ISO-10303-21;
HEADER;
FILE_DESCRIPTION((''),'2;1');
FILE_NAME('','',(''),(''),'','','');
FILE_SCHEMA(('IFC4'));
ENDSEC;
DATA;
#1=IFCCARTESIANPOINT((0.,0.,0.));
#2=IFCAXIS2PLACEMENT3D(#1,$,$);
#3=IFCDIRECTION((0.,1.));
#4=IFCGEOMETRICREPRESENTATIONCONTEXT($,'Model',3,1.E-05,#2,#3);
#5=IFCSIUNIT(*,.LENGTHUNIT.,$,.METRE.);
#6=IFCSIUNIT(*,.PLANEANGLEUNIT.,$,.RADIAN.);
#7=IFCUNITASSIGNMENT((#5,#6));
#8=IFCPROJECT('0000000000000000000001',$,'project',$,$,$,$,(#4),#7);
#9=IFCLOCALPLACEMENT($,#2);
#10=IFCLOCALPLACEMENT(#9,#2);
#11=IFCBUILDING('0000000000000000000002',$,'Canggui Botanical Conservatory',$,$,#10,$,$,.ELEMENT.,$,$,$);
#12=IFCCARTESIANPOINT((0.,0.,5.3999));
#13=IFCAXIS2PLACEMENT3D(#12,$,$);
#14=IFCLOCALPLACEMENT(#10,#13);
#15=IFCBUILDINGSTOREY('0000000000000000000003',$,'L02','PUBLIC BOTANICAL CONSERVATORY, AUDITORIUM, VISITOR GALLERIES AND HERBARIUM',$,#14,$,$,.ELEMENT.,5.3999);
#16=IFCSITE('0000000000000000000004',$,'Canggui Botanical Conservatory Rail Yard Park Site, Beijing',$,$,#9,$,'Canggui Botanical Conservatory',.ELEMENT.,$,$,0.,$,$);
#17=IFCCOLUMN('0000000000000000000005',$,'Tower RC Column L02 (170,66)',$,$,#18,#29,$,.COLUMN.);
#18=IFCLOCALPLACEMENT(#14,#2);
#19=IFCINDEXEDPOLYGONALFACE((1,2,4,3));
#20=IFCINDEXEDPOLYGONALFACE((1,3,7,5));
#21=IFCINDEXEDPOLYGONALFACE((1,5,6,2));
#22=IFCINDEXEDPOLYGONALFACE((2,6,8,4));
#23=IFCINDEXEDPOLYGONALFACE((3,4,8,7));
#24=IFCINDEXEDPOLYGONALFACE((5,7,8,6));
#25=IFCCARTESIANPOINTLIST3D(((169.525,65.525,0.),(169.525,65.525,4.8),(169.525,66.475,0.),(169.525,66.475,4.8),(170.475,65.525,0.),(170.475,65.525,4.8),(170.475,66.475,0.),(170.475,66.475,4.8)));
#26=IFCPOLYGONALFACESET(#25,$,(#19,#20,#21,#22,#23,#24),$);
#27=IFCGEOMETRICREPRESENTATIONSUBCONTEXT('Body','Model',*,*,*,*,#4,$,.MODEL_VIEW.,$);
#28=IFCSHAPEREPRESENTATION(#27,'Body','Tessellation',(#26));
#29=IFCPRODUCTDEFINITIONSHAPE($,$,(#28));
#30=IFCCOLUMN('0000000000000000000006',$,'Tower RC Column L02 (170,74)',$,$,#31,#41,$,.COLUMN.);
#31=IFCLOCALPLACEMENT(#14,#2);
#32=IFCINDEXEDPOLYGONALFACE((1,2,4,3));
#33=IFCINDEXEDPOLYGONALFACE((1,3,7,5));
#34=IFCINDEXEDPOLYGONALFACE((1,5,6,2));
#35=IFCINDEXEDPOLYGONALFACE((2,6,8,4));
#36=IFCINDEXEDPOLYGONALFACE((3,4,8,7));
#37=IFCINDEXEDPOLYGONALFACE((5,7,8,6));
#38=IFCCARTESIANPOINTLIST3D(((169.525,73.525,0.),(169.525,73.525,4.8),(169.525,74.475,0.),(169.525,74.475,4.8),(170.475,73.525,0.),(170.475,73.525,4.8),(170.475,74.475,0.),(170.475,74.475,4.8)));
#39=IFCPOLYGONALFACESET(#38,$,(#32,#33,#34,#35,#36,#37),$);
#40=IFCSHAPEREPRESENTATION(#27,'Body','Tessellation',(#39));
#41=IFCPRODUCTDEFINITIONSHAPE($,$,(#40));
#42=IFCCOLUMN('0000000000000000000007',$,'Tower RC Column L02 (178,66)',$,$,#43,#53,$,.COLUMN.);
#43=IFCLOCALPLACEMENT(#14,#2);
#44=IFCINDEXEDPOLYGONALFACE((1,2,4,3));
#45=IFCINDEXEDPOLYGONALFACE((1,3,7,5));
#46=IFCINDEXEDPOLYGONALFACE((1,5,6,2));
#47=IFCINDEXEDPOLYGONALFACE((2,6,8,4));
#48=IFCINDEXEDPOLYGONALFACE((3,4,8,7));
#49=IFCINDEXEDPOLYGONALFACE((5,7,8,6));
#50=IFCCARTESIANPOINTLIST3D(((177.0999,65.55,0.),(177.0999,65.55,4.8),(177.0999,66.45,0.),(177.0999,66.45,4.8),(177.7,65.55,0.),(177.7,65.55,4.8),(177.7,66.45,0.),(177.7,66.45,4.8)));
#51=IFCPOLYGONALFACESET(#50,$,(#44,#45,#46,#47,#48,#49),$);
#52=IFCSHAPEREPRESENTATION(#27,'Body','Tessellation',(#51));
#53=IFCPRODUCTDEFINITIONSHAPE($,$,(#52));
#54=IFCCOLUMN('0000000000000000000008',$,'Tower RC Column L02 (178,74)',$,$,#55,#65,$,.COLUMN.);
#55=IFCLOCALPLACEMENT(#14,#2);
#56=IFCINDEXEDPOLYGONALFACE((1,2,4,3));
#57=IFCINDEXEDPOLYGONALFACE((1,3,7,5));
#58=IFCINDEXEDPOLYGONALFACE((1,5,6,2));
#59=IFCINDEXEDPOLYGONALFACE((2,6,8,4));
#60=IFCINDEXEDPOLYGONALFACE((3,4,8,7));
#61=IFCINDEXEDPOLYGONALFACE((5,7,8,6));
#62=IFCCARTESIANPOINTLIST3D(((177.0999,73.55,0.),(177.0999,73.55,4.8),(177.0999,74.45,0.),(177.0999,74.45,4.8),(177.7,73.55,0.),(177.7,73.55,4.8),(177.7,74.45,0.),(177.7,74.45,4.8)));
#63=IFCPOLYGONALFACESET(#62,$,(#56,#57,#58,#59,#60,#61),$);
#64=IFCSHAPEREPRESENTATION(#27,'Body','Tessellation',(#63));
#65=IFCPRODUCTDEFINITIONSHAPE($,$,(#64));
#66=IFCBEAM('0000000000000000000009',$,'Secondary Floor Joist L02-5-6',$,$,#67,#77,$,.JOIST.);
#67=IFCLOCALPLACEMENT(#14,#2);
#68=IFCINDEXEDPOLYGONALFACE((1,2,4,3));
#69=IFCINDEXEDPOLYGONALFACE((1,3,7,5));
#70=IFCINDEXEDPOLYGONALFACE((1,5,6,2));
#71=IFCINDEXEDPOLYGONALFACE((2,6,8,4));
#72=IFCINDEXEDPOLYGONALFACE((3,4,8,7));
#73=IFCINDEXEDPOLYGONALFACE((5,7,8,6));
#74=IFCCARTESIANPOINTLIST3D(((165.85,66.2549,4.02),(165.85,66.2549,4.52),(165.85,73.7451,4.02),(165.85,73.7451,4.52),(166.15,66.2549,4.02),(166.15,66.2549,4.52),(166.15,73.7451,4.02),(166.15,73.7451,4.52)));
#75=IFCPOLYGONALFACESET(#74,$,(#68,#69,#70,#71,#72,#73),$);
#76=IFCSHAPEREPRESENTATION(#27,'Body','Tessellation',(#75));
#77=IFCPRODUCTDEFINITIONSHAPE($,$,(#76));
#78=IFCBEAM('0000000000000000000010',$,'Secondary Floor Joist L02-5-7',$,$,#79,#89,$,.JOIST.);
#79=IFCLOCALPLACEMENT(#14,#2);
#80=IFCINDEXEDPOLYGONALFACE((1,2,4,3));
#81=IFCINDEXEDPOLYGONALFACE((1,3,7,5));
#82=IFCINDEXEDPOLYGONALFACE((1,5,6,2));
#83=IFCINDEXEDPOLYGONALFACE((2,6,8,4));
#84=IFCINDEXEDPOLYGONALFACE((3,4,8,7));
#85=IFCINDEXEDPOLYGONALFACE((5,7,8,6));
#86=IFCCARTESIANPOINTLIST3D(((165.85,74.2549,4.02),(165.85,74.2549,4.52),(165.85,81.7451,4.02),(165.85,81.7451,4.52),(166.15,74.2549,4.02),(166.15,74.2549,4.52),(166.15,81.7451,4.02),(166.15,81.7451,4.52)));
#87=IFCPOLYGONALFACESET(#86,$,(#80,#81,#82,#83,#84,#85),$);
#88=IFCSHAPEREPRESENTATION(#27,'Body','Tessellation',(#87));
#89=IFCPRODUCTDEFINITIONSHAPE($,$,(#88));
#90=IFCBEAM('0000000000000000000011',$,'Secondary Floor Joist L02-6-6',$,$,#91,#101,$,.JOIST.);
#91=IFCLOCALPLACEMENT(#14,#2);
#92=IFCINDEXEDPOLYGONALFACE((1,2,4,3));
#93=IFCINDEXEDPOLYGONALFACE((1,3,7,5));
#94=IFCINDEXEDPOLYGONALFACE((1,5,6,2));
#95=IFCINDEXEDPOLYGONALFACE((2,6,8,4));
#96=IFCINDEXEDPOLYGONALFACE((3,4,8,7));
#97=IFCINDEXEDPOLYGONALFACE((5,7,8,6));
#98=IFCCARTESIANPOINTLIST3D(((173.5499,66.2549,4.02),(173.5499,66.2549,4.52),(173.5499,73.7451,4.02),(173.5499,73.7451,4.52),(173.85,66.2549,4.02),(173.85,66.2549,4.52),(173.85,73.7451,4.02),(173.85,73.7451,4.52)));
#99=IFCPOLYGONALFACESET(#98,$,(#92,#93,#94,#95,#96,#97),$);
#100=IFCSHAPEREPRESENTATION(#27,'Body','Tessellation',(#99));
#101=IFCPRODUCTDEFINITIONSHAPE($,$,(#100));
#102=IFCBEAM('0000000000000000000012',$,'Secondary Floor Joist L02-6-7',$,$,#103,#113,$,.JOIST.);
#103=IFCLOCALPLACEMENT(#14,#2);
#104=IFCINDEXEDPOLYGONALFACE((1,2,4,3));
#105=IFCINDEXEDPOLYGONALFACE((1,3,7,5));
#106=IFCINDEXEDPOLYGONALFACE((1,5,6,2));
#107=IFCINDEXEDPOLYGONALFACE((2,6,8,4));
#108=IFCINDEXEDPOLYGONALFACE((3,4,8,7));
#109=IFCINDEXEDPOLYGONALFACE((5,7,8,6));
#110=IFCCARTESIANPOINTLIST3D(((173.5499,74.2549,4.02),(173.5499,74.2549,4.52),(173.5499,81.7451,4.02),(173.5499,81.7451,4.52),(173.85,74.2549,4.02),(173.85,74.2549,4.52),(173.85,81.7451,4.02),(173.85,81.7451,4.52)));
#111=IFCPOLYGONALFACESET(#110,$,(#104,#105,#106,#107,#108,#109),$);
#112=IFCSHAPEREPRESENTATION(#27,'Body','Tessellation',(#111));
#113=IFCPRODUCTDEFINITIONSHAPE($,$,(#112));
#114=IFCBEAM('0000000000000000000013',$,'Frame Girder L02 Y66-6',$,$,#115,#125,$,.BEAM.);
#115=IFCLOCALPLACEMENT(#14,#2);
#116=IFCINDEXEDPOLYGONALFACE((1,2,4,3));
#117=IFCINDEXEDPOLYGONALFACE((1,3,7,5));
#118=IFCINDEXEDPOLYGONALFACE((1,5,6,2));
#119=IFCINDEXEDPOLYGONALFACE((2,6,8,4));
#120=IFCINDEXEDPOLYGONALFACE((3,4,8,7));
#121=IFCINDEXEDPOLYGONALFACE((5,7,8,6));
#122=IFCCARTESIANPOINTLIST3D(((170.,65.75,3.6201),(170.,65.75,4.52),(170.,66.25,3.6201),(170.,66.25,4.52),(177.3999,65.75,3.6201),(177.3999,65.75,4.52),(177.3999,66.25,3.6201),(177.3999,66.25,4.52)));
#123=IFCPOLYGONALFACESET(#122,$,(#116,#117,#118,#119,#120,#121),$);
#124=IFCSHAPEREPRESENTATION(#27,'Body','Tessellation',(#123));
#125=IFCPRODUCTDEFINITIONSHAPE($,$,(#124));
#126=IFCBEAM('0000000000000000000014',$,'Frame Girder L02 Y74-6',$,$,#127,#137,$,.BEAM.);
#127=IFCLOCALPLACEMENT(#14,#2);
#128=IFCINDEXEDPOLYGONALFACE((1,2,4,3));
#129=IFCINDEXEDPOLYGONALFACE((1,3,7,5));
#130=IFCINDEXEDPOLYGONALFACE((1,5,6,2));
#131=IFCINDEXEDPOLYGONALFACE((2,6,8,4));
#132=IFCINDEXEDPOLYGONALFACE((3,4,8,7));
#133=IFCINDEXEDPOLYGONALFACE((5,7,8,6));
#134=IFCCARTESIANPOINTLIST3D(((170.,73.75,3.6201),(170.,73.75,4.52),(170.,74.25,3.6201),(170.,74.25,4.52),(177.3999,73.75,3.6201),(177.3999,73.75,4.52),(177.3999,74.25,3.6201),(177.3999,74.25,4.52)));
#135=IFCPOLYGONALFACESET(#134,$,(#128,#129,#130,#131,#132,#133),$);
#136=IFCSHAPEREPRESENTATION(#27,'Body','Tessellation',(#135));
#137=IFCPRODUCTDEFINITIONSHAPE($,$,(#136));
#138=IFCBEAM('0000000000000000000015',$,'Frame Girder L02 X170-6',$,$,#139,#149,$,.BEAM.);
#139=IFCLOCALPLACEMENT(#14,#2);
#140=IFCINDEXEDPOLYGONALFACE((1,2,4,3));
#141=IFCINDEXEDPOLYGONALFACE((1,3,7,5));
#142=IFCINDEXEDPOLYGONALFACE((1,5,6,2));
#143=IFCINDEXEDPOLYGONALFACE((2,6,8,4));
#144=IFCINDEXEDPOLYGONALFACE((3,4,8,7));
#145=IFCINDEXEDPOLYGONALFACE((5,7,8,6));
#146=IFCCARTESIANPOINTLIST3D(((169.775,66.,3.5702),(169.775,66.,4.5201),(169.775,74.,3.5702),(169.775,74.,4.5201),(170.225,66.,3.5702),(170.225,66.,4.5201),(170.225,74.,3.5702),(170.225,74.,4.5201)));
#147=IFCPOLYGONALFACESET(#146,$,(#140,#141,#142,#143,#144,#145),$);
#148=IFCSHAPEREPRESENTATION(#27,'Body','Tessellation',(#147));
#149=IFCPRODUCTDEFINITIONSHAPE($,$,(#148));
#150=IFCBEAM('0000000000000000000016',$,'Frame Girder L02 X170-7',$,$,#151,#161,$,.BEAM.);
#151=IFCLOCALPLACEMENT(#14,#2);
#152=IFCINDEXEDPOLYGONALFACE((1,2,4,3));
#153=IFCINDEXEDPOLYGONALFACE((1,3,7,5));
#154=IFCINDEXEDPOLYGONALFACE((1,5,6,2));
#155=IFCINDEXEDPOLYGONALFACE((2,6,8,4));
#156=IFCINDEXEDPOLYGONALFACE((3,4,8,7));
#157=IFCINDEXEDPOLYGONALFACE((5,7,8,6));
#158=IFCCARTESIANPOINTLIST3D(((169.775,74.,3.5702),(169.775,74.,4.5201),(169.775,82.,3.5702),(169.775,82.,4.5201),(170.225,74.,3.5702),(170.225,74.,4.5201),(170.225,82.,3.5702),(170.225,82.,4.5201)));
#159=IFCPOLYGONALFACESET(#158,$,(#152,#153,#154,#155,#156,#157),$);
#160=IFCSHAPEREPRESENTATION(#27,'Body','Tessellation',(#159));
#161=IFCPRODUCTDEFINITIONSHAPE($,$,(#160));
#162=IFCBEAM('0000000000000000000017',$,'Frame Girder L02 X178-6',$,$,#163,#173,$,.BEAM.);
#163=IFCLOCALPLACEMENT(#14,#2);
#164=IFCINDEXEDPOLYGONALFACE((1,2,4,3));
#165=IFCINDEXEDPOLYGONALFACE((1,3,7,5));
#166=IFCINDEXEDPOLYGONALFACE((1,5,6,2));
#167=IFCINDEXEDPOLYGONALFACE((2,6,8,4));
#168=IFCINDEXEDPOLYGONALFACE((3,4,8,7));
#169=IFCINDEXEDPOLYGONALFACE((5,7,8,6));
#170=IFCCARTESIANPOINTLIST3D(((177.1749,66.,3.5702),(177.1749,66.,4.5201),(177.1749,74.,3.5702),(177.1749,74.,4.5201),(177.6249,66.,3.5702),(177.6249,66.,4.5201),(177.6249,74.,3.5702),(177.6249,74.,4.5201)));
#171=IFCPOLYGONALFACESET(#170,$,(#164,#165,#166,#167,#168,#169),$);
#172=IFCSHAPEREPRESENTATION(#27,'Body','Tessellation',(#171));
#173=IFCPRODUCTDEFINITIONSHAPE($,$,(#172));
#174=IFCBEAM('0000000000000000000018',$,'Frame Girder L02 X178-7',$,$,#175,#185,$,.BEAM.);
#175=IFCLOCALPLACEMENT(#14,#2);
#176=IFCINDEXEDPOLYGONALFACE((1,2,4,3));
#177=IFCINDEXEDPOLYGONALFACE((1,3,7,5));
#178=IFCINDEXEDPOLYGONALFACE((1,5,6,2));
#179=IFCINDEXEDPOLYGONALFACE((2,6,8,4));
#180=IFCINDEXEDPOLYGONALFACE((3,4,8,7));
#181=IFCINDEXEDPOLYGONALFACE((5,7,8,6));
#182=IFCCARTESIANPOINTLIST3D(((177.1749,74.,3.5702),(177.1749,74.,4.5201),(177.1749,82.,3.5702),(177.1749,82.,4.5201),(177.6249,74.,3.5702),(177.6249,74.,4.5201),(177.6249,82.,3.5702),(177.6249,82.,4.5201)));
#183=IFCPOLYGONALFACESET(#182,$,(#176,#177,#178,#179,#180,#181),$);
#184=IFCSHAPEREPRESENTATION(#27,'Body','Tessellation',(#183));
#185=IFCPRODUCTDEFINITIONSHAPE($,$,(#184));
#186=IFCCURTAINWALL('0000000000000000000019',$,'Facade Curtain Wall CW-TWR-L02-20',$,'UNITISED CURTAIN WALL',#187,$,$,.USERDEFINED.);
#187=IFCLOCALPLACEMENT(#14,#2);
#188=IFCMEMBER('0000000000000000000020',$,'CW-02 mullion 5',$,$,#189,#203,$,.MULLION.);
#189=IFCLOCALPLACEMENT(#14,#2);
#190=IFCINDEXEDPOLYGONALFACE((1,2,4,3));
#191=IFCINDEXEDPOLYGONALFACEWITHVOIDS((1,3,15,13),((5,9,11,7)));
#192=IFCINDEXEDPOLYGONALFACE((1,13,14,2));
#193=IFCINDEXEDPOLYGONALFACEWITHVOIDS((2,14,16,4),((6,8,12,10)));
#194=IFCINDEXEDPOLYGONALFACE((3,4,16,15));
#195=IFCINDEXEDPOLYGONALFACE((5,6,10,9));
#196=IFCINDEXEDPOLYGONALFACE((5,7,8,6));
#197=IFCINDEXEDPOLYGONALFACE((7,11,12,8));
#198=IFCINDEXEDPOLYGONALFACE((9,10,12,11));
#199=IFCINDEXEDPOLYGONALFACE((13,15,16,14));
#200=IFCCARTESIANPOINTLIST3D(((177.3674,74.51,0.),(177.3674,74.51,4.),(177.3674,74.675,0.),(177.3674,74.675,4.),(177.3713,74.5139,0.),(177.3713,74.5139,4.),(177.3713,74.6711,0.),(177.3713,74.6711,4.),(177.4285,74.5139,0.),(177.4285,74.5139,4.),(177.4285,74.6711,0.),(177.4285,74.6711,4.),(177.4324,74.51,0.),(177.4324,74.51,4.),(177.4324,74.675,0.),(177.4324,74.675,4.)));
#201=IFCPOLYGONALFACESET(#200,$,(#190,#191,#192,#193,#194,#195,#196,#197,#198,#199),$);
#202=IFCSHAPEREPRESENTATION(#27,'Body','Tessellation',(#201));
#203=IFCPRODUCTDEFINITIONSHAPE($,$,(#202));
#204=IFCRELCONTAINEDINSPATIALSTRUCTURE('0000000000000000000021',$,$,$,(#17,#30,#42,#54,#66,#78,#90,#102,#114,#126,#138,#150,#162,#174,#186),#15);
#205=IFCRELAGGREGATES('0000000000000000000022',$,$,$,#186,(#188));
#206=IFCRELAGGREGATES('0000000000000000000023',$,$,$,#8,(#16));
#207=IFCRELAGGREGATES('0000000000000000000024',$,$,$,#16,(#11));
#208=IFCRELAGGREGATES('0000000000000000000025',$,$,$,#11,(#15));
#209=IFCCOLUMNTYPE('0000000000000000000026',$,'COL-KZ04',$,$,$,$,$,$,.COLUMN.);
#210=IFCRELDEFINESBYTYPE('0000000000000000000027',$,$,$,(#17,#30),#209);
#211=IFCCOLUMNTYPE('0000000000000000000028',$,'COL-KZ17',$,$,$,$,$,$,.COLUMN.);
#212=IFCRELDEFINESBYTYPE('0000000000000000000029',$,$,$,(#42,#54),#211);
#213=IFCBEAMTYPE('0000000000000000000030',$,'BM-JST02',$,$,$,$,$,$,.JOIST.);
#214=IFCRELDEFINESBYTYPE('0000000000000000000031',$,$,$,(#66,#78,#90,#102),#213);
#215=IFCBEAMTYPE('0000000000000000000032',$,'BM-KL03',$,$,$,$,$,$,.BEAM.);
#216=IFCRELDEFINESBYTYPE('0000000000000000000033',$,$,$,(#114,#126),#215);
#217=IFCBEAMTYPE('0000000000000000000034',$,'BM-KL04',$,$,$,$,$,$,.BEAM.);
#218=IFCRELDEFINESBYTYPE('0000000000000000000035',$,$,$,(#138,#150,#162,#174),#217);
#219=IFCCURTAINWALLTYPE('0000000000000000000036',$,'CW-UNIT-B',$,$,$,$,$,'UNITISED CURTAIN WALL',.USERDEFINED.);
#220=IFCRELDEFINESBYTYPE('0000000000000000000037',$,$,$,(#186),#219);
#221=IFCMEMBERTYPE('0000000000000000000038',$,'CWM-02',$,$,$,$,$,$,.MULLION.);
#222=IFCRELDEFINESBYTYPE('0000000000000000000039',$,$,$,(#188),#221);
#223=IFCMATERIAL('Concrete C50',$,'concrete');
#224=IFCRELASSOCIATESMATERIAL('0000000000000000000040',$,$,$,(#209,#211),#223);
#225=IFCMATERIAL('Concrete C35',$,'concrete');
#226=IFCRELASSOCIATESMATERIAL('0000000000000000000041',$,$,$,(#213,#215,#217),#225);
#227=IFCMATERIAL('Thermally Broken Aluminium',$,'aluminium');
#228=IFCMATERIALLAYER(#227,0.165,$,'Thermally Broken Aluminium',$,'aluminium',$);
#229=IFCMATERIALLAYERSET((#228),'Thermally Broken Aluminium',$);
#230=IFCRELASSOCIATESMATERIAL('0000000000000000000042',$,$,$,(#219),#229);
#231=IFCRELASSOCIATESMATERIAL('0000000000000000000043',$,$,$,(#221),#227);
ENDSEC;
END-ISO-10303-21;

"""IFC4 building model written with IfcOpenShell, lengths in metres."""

from ifc_helpers import new_model, si_unit, direction, frame, origin, origin_2d, place, context, subcontext, project, spatial, rectangle, hollow_rectangle, extrude, material, layer, layer_set, material_profile, profile_set, type_object, element, aggregate, save


model = new_model("IFC4")

# Units and contexts
model_context = context("Model", 3, precision=1e-05, world=origin(), true_north=direction((0.0, 1.0)))
body_context = subcontext(model_context, "Body", "Model", "MODEL_VIEW")
ifc_project = project(units=[si_unit("LENGTHUNIT", "METRE"), si_unit("PLANEANGLEUNIT", "RADIAN")], contexts=[model_context])

# Site, building, storey
site_placement = place(None, origin())
site = spatial("IfcSite", under=ifc_project, at=site_placement, Name="Canggui Botanical Conservatory Rail Yard Park Site, Beijing", LongName="Canggui Botanical Conservatory", CompositionType="ELEMENT", RefElevation=0.0)
building_placement = place(site_placement, origin())
building = spatial("IfcBuilding", under=site, at=building_placement, Name="Canggui Botanical Conservatory", CompositionType="ELEMENT")
storey_placement = place(building_placement, frame((0.0, 0.0, 5.3999)))
storey = spatial("IfcBuildingStorey", under=building, at=storey_placement, Name="L02", Description="PUBLIC BOTANICAL CONSERVATORY, AUDITORIUM, VISITOR GALLERIES AND HERBARIUM", CompositionType="ELEMENT", Elevation=5.3999)

# Columns
ifc_material_1 = material(Name="Concrete C50", Category="concrete")
ifc_material_profile_1 = material_profile(ifc_material_1, rectangle(XDim=0.95, YDim=0.95, at=origin_2d()), Name="RC 950x950")
ifc_profile_set_1 = profile_set([ifc_material_profile_1], Name="Concrete C50")
column_type_1 = type_object("IfcColumnType", Name="COL-KZ04", PredefinedType="COLUMN", material=ifc_profile_set_1)
for number, where, z_axis, x_axis, name in (
    (1, (170.0, 66.0, 0.0), (0.0, 0.0, 1.0), (1.0, 0.0, 0.0), "Tower RC Column L02 (170,66)"),
    (2, (170.0, 74.0, 0.0), (0.0, 0.0, 1.0), (1.0, 0.0, 0.0), "Tower RC Column L02 (170,74)"),
):
    element("IfcColumn", number, at=place(storey_placement, frame(where, z_axis=z_axis, x_axis=x_axis)), inside=storey, type_object=column_type_1, Name=name, PredefinedType="COLUMN", context=body_context, shape_type="SweptSolid", body=[
        extrude(rectangle(XDim=0.95, YDim=0.95, at=origin_2d()), origin(), (0.0, 0.0, 1.0), 4.8),
    ])
ifc_material_profile_2 = material_profile(ifc_material_1, rectangle(XDim=0.6001, YDim=0.8999, at=origin_2d()), Name="RC 600x900")
ifc_profile_set_2 = profile_set([ifc_material_profile_2], Name="Concrete C50")
column_type_2 = type_object("IfcColumnType", Name="COL-KZ17", PredefinedType="COLUMN", material=ifc_profile_set_2)
for number, where, z_axis, x_axis, name in (
    (3, (177.3999, 66.0, 0.0), (0.0, 0.0, 1.0), (1.0, 0.0, 0.0), "Tower RC Column L02 (178,66)"),
    (4, (177.3999, 74.0, 0.0), (0.0, 0.0, 1.0), (1.0, 0.0, 0.0), "Tower RC Column L02 (178,74)"),
):
    element("IfcColumn", number, at=place(storey_placement, frame(where, z_axis=z_axis, x_axis=x_axis)), inside=storey, type_object=column_type_2, Name=name, PredefinedType="COLUMN", context=body_context, shape_type="SweptSolid", body=[
        extrude(rectangle(XDim=0.6001, YDim=0.8999, at=origin_2d()), origin(), (0.0, 0.0, 1.0), 4.8),
    ])

# Beams
ifc_material_2 = material(Name="Concrete C35", Category="concrete")
ifc_material_profile_3 = material_profile(ifc_material_2, rectangle(XDim=0.3, YDim=0.5, at=origin_2d()), Name="RB 300x500")
ifc_profile_set_3 = profile_set([ifc_material_profile_3], Name="Concrete C35")
beam_type_1 = type_object("IfcBeamType", Name="BM-JST02", PredefinedType="JOIST", material=ifc_profile_set_3)
for number, where, z_axis, x_axis, name in (
    (5, (166.0, 66.2549, 4.27), (0.0, 1.0, 0.0), (-1.0, 0.0, 0.0), "Secondary Floor Joist L02-5-6"),
    (6, (166.0, 74.2549, 4.27), (0.0, 1.0, 0.0), (-1.0, 0.0, 0.0), "Secondary Floor Joist L02-5-7"),
    (7, (173.7, 66.2549, 4.27), (0.0, 1.0, 0.0), (-1.0, 0.0, 0.0), "Secondary Floor Joist L02-6-6"),
    (8, (173.7, 74.2549, 4.27), (0.0, 1.0, 0.0), (-1.0, 0.0, 0.0), "Secondary Floor Joist L02-6-7"),
):
    element("IfcBeam", number, at=place(storey_placement, frame(where, z_axis=z_axis, x_axis=x_axis)), inside=storey, type_object=beam_type_1, Name=name, PredefinedType="JOIST", context=body_context, shape_type="SweptSolid", body=[
        extrude(rectangle(XDim=0.3, YDim=0.5, at=origin_2d()), origin(), (0.0, 0.0, 1.0), 7.4902),
    ])
ifc_material_profile_4 = material_profile(ifc_material_2, rectangle(XDim=0.5, YDim=0.8999, at=origin_2d()), Name="RB 500x900")
ifc_profile_set_4 = profile_set([ifc_material_profile_4], Name="Concrete C35")
beam_type_2 = type_object("IfcBeamType", Name="BM-KL03", PredefinedType="BEAM", material=ifc_profile_set_4)
for number, where, z_axis, x_axis, name in (
    (9, (170.0, 66.0, 4.0701), (1.0, 0.0, 0.0), (0.0, 1.0, 0.0), "Frame Girder L02 Y66-6"),
    (10, (170.0, 74.0, 4.0701), (1.0, 0.0, 0.0), (0.0, 1.0, 0.0), "Frame Girder L02 Y74-6"),
):
    element("IfcBeam", number, at=place(storey_placement, frame(where, z_axis=z_axis, x_axis=x_axis)), inside=storey, type_object=beam_type_2, Name=name, PredefinedType="BEAM", context=body_context, shape_type="SweptSolid", body=[
        extrude(rectangle(XDim=0.5, YDim=0.8999, at=origin_2d()), origin(), (0.0, 0.0, 1.0), 7.3999),
    ])
ifc_material_profile_5 = material_profile(ifc_material_2, rectangle(XDim=0.45, YDim=0.95, at=origin_2d()), Name="RB 450x950")
ifc_profile_set_5 = profile_set([ifc_material_profile_5], Name="Concrete C35")
beam_type_3 = type_object("IfcBeamType", Name="BM-KL04", PredefinedType="BEAM", material=ifc_profile_set_5)
for number, where, z_axis, x_axis, name in (
    (11, (170.0, 66.0, 4.0452), (0.0, 1.0, 0.0), (-1.0, 0.0, 0.0), "Frame Girder L02 X170-6"),
    (12, (170.0, 74.0, 4.0452), (0.0, 1.0, 0.0), (-1.0, 0.0, 0.0), "Frame Girder L02 X170-7"),
    (13, (177.3999, 66.0, 4.0452), (0.0, 1.0, 0.0), (-1.0, 0.0, 0.0), "Frame Girder L02 X178-6"),
    (14, (177.3999, 74.0, 4.0452), (0.0, 1.0, 0.0), (-1.0, 0.0, 0.0), "Frame Girder L02 X178-7"),
):
    element("IfcBeam", number, at=place(storey_placement, frame(where, z_axis=z_axis, x_axis=x_axis)), inside=storey, type_object=beam_type_3, Name=name, PredefinedType="BEAM", context=body_context, shape_type="SweptSolid", body=[
        extrude(rectangle(XDim=0.45, YDim=0.95, at=origin_2d()), origin(), (0.0, 0.0, 1.0), 8.0),
    ])

# Curtain wall, member
ifc_material_3 = material(Name="Thermally Broken Aluminium", Category="aluminium")
ifc_layer_1 = layer(ifc_material_3, 0.165, Name="Thermally Broken Aluminium", Category="aluminium")
ifc_layer_set_1 = layer_set([ifc_layer_1], Name="Thermally Broken Aluminium")
curtain_wall_type = type_object("IfcCurtainWallType", Name="CW-UNIT-B", ElementType="UNITISED CURTAIN WALL", PredefinedType="USERDEFINED", material=ifc_layer_set_1)
curtain_wall_1_placement = place(storey_placement, origin())
curtain_wall_1 = element("IfcCurtainWall", 15, at=curtain_wall_1_placement, inside=storey, type_object=curtain_wall_type, Name="Facade Curtain Wall CW-TWR-L02-20", ObjectType="UNITISED CURTAIN WALL", PredefinedType="USERDEFINED")
ifc_material_profile_6 = material_profile(ifc_material_3, hollow_rectangle(XDim=0.0649, YDim=0.165, WallThickness=0.0039, at=origin_2d()), Name="CWM 65x165x4")
ifc_profile_set_6 = profile_set([ifc_material_profile_6], Name="Thermally Broken Aluminium")
member_type_1 = type_object("IfcMemberType", Name="CWM-02", PredefinedType="MULLION", material=ifc_profile_set_6)
member_1_placement = place(storey_placement, frame((177.3999, 74.5925, 0.0), z_axis=(0.0, 0.0, 1.0), x_axis=(1.0, 0.0, 0.0)))
member_1 = element("IfcMember", 16, at=member_1_placement, type_object=member_type_1, Name="CW-02 mullion 5", PredefinedType="MULLION", context=body_context, shape_type="SweptSolid", body=[
    extrude(hollow_rectangle(XDim=0.0649, YDim=0.165, WallThickness=0.0039, at=origin_2d()), origin(), (0.0, 0.0, 1.0), 4.0),
])

aggregate(curtain_wall_1, [member_1])

save(model, "model.ifc")
